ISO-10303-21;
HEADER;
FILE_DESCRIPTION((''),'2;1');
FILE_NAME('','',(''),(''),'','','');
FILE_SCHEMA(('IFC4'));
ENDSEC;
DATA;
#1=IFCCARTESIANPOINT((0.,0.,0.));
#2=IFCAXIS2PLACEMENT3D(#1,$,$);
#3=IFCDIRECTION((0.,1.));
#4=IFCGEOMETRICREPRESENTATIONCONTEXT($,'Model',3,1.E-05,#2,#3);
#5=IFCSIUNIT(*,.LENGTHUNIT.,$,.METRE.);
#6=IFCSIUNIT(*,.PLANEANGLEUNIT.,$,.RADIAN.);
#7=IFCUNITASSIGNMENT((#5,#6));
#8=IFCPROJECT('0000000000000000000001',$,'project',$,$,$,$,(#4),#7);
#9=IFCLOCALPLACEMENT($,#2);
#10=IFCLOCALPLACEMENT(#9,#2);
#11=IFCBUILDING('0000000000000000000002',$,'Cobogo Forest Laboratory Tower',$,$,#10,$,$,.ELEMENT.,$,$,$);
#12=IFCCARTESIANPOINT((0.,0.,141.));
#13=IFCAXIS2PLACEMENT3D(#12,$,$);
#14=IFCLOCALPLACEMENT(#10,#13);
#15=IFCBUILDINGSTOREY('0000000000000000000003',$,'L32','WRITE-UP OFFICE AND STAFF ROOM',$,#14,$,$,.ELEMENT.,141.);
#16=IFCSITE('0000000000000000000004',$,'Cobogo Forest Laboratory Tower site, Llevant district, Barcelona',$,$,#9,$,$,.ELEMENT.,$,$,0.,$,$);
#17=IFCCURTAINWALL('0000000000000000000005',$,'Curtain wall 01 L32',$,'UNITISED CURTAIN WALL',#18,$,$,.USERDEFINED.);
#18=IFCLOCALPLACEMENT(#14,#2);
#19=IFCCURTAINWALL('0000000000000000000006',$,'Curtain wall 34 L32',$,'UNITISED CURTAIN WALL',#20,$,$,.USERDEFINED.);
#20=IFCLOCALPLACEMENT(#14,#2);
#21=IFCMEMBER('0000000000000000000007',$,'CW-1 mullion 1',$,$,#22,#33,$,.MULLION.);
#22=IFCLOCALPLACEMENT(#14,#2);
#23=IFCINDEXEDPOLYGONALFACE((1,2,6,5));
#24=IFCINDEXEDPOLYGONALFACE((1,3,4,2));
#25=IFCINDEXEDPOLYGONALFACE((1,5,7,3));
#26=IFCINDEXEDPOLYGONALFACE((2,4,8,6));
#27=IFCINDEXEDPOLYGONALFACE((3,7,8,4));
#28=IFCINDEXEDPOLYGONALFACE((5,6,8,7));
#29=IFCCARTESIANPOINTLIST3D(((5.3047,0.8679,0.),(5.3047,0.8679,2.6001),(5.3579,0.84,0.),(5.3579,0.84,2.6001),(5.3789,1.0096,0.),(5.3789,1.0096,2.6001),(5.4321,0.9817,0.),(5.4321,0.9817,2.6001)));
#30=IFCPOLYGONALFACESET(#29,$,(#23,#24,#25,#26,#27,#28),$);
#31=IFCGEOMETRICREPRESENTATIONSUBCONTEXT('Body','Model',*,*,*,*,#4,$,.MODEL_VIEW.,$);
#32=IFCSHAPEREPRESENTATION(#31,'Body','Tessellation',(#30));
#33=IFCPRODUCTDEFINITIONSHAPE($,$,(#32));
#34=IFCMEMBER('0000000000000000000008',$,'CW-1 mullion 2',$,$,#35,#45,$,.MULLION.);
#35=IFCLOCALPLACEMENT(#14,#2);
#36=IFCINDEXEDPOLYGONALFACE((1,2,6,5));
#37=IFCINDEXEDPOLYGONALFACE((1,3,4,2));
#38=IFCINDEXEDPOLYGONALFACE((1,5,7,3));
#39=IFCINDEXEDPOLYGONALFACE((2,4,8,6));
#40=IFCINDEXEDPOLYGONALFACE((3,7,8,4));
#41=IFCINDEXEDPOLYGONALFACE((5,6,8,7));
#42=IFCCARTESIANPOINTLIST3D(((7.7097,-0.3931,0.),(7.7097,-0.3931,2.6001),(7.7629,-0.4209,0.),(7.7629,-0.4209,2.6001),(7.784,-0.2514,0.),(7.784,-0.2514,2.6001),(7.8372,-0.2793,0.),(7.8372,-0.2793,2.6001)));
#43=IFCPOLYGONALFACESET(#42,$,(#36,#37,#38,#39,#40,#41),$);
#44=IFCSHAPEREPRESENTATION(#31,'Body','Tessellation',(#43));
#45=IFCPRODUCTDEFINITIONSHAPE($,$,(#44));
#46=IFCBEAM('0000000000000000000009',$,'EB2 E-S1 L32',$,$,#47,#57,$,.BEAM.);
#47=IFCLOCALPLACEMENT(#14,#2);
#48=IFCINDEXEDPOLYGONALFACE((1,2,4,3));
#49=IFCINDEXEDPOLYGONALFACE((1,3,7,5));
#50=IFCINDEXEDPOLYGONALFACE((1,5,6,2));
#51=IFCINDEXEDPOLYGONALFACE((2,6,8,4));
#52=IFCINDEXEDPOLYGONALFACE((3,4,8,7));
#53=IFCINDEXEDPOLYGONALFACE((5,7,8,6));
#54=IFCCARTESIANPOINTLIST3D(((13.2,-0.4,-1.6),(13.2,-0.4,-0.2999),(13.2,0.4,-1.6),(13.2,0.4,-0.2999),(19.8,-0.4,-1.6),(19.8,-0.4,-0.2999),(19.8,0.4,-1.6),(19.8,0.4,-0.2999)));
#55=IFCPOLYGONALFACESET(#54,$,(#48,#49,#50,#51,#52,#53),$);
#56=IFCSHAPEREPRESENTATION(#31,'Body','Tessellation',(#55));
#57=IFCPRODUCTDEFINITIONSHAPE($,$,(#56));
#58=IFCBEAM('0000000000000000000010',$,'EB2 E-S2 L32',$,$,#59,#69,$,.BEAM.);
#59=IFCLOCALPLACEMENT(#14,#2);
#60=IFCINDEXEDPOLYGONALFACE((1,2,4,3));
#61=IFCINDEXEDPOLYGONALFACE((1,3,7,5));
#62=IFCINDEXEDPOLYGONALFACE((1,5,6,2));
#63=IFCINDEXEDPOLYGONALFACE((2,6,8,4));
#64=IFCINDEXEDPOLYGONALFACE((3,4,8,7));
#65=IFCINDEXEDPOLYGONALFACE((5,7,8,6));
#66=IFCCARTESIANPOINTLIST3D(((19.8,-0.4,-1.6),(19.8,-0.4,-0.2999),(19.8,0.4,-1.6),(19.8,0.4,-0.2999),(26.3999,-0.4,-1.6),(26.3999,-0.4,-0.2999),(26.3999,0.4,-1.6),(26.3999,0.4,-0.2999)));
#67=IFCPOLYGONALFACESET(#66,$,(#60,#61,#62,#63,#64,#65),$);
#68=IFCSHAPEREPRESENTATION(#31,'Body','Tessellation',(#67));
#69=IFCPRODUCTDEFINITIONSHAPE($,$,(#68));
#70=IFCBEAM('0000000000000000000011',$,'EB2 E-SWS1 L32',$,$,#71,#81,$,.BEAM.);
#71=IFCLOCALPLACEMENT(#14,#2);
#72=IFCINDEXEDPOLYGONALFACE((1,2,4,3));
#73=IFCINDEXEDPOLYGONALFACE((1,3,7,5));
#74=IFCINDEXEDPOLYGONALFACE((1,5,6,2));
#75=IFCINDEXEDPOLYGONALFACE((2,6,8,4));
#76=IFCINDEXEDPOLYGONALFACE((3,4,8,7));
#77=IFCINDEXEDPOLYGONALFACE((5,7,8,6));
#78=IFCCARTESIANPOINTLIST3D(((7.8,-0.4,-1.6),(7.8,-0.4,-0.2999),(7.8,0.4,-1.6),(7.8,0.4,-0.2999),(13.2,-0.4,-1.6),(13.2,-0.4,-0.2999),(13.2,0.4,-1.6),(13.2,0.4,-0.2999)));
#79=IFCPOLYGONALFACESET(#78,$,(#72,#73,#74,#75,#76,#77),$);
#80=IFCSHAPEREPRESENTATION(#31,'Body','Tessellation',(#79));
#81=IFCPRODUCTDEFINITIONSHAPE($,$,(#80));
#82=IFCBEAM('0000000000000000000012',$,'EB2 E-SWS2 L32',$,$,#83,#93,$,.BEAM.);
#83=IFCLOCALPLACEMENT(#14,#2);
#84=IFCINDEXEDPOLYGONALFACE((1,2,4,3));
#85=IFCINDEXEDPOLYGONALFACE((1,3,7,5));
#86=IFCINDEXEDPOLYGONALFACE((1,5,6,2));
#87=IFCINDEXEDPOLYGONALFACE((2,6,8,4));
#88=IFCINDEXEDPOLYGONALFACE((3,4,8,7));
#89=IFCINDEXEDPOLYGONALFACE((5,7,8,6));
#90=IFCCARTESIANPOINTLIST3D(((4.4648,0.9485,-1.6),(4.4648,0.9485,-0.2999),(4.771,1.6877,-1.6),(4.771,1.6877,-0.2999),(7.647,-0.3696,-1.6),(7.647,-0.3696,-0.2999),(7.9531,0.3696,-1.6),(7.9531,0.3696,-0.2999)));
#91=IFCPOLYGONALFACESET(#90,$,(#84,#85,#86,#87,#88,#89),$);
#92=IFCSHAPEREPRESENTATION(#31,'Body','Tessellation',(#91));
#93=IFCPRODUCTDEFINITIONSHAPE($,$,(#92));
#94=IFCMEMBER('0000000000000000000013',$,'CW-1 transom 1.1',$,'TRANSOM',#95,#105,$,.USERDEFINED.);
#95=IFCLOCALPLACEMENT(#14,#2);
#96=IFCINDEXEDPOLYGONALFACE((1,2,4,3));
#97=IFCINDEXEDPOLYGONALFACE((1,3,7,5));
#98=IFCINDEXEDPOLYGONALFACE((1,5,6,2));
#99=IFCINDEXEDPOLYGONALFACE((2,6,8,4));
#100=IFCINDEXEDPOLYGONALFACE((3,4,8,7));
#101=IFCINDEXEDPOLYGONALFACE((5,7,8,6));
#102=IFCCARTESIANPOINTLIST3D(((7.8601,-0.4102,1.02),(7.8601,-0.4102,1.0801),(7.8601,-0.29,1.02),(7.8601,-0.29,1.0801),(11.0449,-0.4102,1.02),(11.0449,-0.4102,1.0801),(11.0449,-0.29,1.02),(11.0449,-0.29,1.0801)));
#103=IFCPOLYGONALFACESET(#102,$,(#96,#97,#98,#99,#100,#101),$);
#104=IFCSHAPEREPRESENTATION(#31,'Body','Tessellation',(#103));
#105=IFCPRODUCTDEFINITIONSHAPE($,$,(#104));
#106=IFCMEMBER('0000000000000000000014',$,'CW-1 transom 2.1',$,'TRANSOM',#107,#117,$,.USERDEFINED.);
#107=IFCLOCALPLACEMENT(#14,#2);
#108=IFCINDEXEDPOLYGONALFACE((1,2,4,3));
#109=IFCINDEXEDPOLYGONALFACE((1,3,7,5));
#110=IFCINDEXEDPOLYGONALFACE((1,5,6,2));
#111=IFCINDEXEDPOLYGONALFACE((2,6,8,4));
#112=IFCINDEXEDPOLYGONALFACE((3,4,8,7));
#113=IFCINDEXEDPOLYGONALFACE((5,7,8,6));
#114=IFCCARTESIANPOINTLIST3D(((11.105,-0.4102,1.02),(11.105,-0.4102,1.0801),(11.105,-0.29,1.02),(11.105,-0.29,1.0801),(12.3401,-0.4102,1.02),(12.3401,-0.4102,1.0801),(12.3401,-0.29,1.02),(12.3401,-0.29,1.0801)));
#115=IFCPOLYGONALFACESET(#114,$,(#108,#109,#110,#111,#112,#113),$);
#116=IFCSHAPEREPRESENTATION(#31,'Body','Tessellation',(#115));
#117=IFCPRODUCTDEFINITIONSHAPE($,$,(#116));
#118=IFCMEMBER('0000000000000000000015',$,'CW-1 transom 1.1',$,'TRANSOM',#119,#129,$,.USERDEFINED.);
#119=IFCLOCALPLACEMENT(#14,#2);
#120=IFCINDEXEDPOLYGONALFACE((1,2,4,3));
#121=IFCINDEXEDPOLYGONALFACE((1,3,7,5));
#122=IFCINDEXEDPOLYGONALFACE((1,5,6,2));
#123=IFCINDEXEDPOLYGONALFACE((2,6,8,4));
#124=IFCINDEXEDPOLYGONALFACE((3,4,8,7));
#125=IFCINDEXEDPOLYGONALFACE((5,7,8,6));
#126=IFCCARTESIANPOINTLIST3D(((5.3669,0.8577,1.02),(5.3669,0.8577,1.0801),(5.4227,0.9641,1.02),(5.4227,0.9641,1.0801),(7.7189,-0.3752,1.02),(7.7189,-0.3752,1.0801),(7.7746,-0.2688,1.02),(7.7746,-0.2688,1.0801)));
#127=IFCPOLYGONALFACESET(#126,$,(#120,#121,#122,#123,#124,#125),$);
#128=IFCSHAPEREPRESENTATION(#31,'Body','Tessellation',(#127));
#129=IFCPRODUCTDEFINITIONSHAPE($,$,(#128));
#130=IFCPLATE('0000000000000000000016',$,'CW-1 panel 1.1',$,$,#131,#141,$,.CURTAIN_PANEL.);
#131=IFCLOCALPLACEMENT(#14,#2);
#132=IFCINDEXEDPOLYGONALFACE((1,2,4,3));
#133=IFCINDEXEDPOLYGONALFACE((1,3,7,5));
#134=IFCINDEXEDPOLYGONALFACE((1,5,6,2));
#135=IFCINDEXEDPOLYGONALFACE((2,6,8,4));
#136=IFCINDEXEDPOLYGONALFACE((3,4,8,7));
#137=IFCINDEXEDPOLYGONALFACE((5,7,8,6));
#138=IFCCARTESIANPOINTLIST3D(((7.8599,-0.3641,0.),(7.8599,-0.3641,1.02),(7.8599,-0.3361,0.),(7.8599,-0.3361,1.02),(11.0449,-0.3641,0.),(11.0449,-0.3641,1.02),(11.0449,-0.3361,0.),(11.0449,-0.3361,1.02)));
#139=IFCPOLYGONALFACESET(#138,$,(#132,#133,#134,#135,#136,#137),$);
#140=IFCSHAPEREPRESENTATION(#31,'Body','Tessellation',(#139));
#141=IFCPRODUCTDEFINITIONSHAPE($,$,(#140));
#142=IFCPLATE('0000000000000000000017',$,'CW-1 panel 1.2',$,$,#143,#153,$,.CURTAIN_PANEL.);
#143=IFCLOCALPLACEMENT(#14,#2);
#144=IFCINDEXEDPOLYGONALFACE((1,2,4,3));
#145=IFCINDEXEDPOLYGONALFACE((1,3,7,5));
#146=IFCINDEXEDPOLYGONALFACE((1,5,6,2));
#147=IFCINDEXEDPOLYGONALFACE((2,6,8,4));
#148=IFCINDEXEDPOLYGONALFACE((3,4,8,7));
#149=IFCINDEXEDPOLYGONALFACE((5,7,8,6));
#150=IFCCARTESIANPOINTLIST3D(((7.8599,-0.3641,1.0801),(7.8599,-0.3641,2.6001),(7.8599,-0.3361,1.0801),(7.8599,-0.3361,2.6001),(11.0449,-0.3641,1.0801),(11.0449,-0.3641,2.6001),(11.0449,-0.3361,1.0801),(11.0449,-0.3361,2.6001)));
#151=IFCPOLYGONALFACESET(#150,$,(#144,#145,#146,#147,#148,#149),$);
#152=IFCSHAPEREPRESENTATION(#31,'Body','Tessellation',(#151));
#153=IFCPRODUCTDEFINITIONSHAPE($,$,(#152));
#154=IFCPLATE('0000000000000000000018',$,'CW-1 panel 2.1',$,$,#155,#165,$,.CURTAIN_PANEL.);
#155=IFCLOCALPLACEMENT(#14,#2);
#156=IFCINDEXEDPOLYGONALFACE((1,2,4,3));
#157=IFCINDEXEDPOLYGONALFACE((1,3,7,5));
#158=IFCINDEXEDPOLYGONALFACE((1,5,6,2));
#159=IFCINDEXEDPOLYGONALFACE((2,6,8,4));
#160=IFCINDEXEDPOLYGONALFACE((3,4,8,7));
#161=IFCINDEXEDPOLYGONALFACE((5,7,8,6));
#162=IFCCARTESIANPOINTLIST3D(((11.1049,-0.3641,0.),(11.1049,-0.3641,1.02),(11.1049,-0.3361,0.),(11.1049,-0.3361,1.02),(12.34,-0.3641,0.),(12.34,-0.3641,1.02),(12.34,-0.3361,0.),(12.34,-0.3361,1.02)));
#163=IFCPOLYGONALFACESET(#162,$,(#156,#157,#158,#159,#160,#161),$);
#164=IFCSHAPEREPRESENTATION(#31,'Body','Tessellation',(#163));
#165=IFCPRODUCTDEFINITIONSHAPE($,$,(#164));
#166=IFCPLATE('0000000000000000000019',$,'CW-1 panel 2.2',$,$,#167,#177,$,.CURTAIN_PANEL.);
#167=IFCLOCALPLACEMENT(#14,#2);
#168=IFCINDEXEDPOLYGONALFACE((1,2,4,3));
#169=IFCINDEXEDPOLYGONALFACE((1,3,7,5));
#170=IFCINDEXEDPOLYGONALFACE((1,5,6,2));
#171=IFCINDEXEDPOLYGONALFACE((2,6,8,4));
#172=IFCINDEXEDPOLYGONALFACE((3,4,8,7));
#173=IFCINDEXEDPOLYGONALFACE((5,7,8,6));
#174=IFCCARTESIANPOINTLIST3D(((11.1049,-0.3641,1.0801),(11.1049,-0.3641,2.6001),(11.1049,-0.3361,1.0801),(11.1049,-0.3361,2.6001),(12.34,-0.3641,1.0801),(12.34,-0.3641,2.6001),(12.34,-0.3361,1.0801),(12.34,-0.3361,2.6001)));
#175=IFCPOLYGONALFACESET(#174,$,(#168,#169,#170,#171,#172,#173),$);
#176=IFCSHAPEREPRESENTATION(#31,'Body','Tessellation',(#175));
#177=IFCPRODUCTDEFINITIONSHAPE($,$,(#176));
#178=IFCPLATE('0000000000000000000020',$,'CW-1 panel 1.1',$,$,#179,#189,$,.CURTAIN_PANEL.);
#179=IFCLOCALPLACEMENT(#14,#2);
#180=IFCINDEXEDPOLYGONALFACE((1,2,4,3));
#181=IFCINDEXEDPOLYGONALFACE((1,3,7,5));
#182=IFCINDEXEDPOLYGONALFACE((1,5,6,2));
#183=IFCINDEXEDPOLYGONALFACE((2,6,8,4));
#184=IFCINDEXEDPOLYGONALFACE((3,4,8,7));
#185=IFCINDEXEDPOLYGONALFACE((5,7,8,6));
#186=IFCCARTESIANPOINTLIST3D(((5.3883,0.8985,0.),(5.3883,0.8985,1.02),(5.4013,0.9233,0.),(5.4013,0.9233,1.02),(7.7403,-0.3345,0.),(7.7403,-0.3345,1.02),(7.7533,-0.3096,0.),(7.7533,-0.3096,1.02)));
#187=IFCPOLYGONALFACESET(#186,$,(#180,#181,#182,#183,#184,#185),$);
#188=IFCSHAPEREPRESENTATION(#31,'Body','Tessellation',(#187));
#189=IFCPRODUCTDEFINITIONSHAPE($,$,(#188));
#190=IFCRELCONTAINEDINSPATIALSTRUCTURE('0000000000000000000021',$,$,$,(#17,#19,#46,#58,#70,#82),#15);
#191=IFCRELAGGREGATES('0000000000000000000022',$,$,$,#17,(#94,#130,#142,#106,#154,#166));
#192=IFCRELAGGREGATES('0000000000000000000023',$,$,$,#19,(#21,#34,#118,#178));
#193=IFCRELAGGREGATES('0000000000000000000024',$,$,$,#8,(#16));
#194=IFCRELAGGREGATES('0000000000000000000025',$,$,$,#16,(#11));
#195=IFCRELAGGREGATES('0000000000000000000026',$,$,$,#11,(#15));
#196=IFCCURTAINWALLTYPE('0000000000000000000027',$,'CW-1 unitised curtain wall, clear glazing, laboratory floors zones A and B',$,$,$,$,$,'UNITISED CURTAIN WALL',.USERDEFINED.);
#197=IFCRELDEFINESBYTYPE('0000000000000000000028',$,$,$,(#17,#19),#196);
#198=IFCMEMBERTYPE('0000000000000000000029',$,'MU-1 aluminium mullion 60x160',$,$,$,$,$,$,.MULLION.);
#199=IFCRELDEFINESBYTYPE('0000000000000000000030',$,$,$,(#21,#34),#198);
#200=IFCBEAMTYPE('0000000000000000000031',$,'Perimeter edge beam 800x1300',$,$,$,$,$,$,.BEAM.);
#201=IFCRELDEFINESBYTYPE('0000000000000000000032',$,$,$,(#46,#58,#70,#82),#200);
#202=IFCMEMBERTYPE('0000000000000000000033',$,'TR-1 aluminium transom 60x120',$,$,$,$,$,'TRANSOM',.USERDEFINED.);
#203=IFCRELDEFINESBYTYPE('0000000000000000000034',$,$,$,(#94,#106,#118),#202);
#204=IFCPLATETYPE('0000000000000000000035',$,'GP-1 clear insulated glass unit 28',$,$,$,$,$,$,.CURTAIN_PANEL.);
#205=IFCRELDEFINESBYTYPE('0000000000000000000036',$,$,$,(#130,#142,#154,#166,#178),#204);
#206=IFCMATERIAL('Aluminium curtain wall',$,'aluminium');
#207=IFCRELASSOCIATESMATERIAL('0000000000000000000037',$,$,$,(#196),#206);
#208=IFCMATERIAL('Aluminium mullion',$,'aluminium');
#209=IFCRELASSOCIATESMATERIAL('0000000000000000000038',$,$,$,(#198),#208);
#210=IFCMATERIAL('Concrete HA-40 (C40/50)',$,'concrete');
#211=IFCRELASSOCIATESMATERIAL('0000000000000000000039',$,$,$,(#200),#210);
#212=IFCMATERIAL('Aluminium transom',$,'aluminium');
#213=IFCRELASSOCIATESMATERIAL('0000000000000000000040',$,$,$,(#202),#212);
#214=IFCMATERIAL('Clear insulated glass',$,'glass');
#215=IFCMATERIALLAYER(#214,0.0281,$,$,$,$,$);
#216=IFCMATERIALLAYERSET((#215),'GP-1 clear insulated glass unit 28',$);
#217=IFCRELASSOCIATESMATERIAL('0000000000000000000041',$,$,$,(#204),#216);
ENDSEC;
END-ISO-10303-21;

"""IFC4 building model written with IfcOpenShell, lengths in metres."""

from ifc_helpers import new_model, si_unit, direction, frame, origin, origin_2d, place, context, subcontext, project, spatial, rectangle, extrude, material, layer, layer_set, material_profile, profile_set, type_object, element, aggregate, save


model = new_model("IFC4")

# Units and contexts
model_context = context("Model", 3, precision=1e-05, world=origin(), true_north=direction((0.0, 1.0)))
body_context = subcontext(model_context, "Body", "Model", "MODEL_VIEW")
ifc_project = project(units=[si_unit("LENGTHUNIT", "METRE"), si_unit("PLANEANGLEUNIT", "RADIAN")], contexts=[model_context])

# Site, building, storey
site_placement = place(None, origin())
site = spatial("IfcSite", under=ifc_project, at=site_placement, Name="Cobogo Forest Laboratory Tower site, Llevant district, Barcelona", CompositionType="ELEMENT", RefElevation=0.0)
building_placement = place(site_placement, origin())
building = spatial("IfcBuilding", under=site, at=building_placement, Name="Cobogo Forest Laboratory Tower", CompositionType="ELEMENT")
storey_placement = place(building_placement, frame((0.0, 0.0, 141.0)))
storey = spatial("IfcBuildingStorey", under=building, at=storey_placement, Name="L32", Description="WRITE-UP OFFICE AND STAFF ROOM", CompositionType="ELEMENT", Elevation=141.0)

# Shared definitions
ifc_material_1 = material(Name="Concrete HA-40 (C40/50)", Category="concrete")

# Curtain wall
ifc_material_2 = material(Name="Aluminium curtain wall", Category="aluminium")
curtain_wall_type = type_object("IfcCurtainWallType", Name="CW-1 unitised curtain wall, clear glazing, laboratory floors zones A and B", ElementType="UNITISED CURTAIN WALL", PredefinedType="USERDEFINED", material=ifc_material_2)
curtain_wall_1_placement = place(storey_placement, origin())
curtain_wall_1 = element("IfcCurtainWall", 1, at=curtain_wall_1_placement, inside=storey, type_object=curtain_wall_type, Name="Curtain wall 01 L32", ObjectType="UNITISED CURTAIN WALL", PredefinedType="USERDEFINED")
ifc_material_3 = material(Name="Aluminium mullion", Category="aluminium")
ifc_material_profile_1 = material_profile(ifc_material_3, rectangle(XDim=0.0601, YDim=0.1599, at=origin_2d()), Name="AL 60x160")
ifc_profile_set_1 = profile_set([ifc_material_profile_1], Name="Aluminium mullion")
member_type_1 = type_object("IfcMemberType", Name="MU-1 aluminium mullion 60x160", PredefinedType="MULLION", material=ifc_profile_set_1)

# Curtain wall, members
curtain_wall_2_placement = place(storey_placement, origin())
curtain_wall_2 = element("IfcCurtainWall", 2, at=curtain_wall_2_placement, inside=storey, type_object=curtain_wall_type, Name="Curtain wall 34 L32", ObjectType="UNITISED CURTAIN WALL", PredefinedType="USERDEFINED")
member_1_placement = place(storey_placement, frame((5.3684, 0.9248, 0.0), z_axis=(0.0, 0.0, 1.0), x_axis=(0.885687, -0.464284, 0.0)))
member_1 = element("IfcMember", 3, at=member_1_placement, type_object=member_type_1, Name="CW-1 mullion 1", PredefinedType="MULLION", context=body_context, shape_type="SweptSolid", body=[
    extrude(rectangle(XDim=0.0601, YDim=0.1599, at=origin_2d()), origin(), (0.0, 0.0, 1.0), 2.6001),
])
member_2_placement = place(storey_placement, frame((7.7734, -0.3362, 0.0), z_axis=(0.0, 0.0, 1.0), x_axis=(0.885687, -0.464284, 0.0)))
member_2 = element("IfcMember", 4, at=member_2_placement, type_object=member_type_1, Name="CW-1 mullion 2", PredefinedType="MULLION", context=body_context, shape_type="SweptSolid", body=[
    extrude(rectangle(XDim=0.0601, YDim=0.1599, at=origin_2d()), origin(), (0.0, 0.0, 1.0), 2.6001),
])

# Beams
ifc_material_profile_2 = material_profile(ifc_material_1, rectangle(XDim=0.8, YDim=1.3, at=origin_2d()), Name="RC 800x1300")
ifc_profile_set_2 = profile_set([ifc_material_profile_2], Name="Concrete HA-40 (C40/50)")
beam_type_1 = type_object("IfcBeamType", Name="Perimeter edge beam 800x1300", PredefinedType="BEAM", material=ifc_profile_set_2)
beam_1_placement = place(storey_placement, frame((13.2, 0.0, -0.95), z_axis=(1.0, 0.0, 0.0), x_axis=(0.0, 1.0, 0.0)))
element("IfcBeam", 5, at=beam_1_placement, inside=storey, type_object=beam_type_1, Name="EB2 E-S1 L32", PredefinedType="BEAM", context=body_context, shape_type="SweptSolid", body=[
    extrude(rectangle(XDim=0.8, YDim=1.3, at=origin_2d()), origin(), (0.0, 0.0, 1.0), 6.6001),
])
beam_2_placement = place(storey_placement, frame((19.8, 0.0, -0.95), z_axis=(1.0, 0.0, 0.0), x_axis=(0.0, 1.0, 0.0)))
element("IfcBeam", 6, at=beam_2_placement, inside=storey, type_object=beam_type_1, Name="EB2 E-S2 L32", PredefinedType="BEAM", context=body_context, shape_type="SweptSolid", body=[
    extrude(rectangle(XDim=0.8, YDim=1.3, at=origin_2d()), origin(), (0.0, 0.0, 1.0), 6.5999),
])
beam_3_placement = place(storey_placement, frame((13.2, 0.0, -0.95), z_axis=(-1.0, 0.0, 0.0), x_axis=(0.0, -1.0, 0.0)))
element("IfcBeam", 7, at=beam_3_placement, inside=storey, type_object=beam_type_1, Name="EB2 E-SWS1 L32", PredefinedType="BEAM", context=body_context, shape_type="SweptSolid", body=[
    extrude(rectangle(XDim=0.8, YDim=1.3, at=origin_2d()), origin(), (0.0, 0.0, 1.0), 5.3999),
])
beam_4_placement = place(storey_placement, frame((7.8, 0.0, -0.95), z_axis=(-0.923876, 0.382692, 0.0), x_axis=(-0.382692, -0.923876, 0.0)))
element("IfcBeam", 8, at=beam_4_placement, inside=storey, type_object=beam_type_1, Name="EB2 E-SWS2 L32", PredefinedType="BEAM", context=body_context, shape_type="SweptSolid", body=[
    extrude(rectangle(XDim=0.8, YDim=1.3, at=origin_2d()), origin(), (0.0, 0.0, 1.0), 3.4443),
])

# Members
ifc_material_4 = material(Name="Aluminium transom", Category="aluminium")
ifc_material_profile_3 = material_profile(ifc_material_4, rectangle(XDim=0.1201, YDim=0.0601, at=origin_2d()), Name="AL 60x120")
ifc_profile_set_3 = profile_set([ifc_material_profile_3], Name="Aluminium transom")
member_type_2 = type_object("IfcMemberType", Name="TR-1 aluminium transom 60x120", ElementType="TRANSOM", PredefinedType="USERDEFINED", material=ifc_profile_set_3)
member_3_placement = place(storey_placement, frame((7.8601, -0.3501, 1.05), z_axis=(1.0, 0.0, 0.0), x_axis=(0.0, 1.0, 0.0)))
member_3 = element("IfcMember", 9, at=member_3_placement, type_object=member_type_2, Name="CW-1 transom 1.1", ObjectType="TRANSOM", PredefinedType="USERDEFINED", context=body_context, shape_type="SweptSolid", body=[
    extrude(rectangle(XDim=0.1201, YDim=0.0601, at=origin_2d()), origin(), (0.0, 0.0, 1.0), 3.1848),
])
member_4_placement = place(storey_placement, frame((11.105, -0.3501, 1.05), z_axis=(1.0, 0.0, 0.0), x_axis=(0.0, 1.0, 0.0)))
member_4 = element("IfcMember", 10, at=member_4_placement, type_object=member_type_2, Name="CW-1 transom 2.1", ObjectType="TRANSOM", PredefinedType="USERDEFINED", context=body_context, shape_type="SweptSolid", body=[
    extrude(rectangle(XDim=0.1201, YDim=0.0601, at=origin_2d()), origin(), (0.0, 0.0, 1.0), 1.2351),
])
member_5_placement = place(storey_placement, frame((5.3948, 0.9109, 1.05), z_axis=(0.885695, -0.464268, 0.0), x_axis=(0.464268, 0.885695, 0.0)))
member_5 = element("IfcMember", 11, at=member_5_placement, type_object=member_type_2, Name="CW-1 transom 1.1", ObjectType="TRANSOM", PredefinedType="USERDEFINED", context=body_context, shape_type="SweptSolid", body=[
    extrude(rectangle(XDim=0.1201, YDim=0.0601, at=origin_2d()), origin(), (0.0, 0.0, 1.0), 2.6555),
])

# Plates
ifc_material_5 = material(Name="Clear insulated glass", Category="glass")
ifc_layer_1 = layer(ifc_material_5, 0.0281)
ifc_layer_set_1 = layer_set([ifc_layer_1], Name="GP-1 clear insulated glass unit 28")
plate_type = type_object("IfcPlateType", Name="GP-1 clear insulated glass unit 28", PredefinedType="CURTAIN_PANEL", material=ifc_layer_set_1)
plate_1_placement = place(storey_placement, frame((9.4524, -0.3501, 0.0), z_axis=(0.0, 0.0, 1.0), x_axis=(1.0, 0.0, 0.0)))
plate_1 = element("IfcPlate", 12, at=plate_1_placement, type_object=plate_type, Name="CW-1 panel 1.1", PredefinedType="CURTAIN_PANEL", context=body_context, shape_type="SweptSolid", body=[
    extrude(rectangle(XDim=3.1851, YDim=0.0281, at=origin_2d()), origin(), (0.0, 0.0, 1.0), 1.02),
])
plate_2_placement = place(storey_placement, frame((9.4524, -0.3501, 1.0801), z_axis=(0.0, 0.0, 1.0), x_axis=(1.0, 0.0, 0.0)))
plate_2 = element("IfcPlate", 13, at=plate_2_placement, type_object=plate_type, Name="CW-1 panel 1.2", PredefinedType="CURTAIN_PANEL", context=body_context, shape_type="SweptSolid", body=[
    extrude(rectangle(XDim=3.1851, YDim=0.0281, at=origin_2d()), origin(), (0.0, 0.0, 1.0), 1.52),
])
plate_3_placement = place(storey_placement, frame((11.7224, -0.3501, 0.0), z_axis=(0.0, 0.0, 1.0), x_axis=(1.0, 0.0, 0.0)))
plate_3 = element("IfcPlate", 14, at=plate_3_placement, type_object=plate_type, Name="CW-1 panel 2.1", PredefinedType="CURTAIN_PANEL", context=body_context, shape_type="SweptSolid", body=[
    extrude(rectangle(XDim=1.2351, YDim=0.0281, at=origin_2d()), origin(), (0.0, 0.0, 1.0), 1.02),
])
plate_4_placement = place(storey_placement, frame((11.7224, -0.3501, 1.0801), z_axis=(0.0, 0.0, 1.0), x_axis=(1.0, 0.0, 0.0)))
plate_4 = element("IfcPlate", 15, at=plate_4_placement, type_object=plate_type, Name="CW-1 panel 2.2", PredefinedType="CURTAIN_PANEL", context=body_context, shape_type="SweptSolid", body=[
    extrude(rectangle(XDim=1.2351, YDim=0.0281, at=origin_2d()), origin(), (0.0, 0.0, 1.0), 1.52),
])
aggregate(curtain_wall_1, [member_3, plate_1, plate_2, member_4, plate_3, plate_4])
plate_5_placement = place(storey_placement, frame((6.5708, 0.2944, 0.0), z_axis=(0.0, 0.0, 1.0), x_axis=(0.885687, -0.464284, 0.0)))
plate_5 = element("IfcPlate", 16, at=plate_5_placement, type_object=plate_type, Name="CW-1 panel 1.1", PredefinedType="CURTAIN_PANEL", context=body_context, shape_type="SweptSolid", body=[
    extrude(rectangle(XDim=2.6555, YDim=0.0281, at=origin_2d()), origin(), (0.0, 0.0, 1.0), 1.02),
])
aggregate(curtain_wall_2, [member_1, member_2, member_5, plate_5])

save(model, "model.ifc")
